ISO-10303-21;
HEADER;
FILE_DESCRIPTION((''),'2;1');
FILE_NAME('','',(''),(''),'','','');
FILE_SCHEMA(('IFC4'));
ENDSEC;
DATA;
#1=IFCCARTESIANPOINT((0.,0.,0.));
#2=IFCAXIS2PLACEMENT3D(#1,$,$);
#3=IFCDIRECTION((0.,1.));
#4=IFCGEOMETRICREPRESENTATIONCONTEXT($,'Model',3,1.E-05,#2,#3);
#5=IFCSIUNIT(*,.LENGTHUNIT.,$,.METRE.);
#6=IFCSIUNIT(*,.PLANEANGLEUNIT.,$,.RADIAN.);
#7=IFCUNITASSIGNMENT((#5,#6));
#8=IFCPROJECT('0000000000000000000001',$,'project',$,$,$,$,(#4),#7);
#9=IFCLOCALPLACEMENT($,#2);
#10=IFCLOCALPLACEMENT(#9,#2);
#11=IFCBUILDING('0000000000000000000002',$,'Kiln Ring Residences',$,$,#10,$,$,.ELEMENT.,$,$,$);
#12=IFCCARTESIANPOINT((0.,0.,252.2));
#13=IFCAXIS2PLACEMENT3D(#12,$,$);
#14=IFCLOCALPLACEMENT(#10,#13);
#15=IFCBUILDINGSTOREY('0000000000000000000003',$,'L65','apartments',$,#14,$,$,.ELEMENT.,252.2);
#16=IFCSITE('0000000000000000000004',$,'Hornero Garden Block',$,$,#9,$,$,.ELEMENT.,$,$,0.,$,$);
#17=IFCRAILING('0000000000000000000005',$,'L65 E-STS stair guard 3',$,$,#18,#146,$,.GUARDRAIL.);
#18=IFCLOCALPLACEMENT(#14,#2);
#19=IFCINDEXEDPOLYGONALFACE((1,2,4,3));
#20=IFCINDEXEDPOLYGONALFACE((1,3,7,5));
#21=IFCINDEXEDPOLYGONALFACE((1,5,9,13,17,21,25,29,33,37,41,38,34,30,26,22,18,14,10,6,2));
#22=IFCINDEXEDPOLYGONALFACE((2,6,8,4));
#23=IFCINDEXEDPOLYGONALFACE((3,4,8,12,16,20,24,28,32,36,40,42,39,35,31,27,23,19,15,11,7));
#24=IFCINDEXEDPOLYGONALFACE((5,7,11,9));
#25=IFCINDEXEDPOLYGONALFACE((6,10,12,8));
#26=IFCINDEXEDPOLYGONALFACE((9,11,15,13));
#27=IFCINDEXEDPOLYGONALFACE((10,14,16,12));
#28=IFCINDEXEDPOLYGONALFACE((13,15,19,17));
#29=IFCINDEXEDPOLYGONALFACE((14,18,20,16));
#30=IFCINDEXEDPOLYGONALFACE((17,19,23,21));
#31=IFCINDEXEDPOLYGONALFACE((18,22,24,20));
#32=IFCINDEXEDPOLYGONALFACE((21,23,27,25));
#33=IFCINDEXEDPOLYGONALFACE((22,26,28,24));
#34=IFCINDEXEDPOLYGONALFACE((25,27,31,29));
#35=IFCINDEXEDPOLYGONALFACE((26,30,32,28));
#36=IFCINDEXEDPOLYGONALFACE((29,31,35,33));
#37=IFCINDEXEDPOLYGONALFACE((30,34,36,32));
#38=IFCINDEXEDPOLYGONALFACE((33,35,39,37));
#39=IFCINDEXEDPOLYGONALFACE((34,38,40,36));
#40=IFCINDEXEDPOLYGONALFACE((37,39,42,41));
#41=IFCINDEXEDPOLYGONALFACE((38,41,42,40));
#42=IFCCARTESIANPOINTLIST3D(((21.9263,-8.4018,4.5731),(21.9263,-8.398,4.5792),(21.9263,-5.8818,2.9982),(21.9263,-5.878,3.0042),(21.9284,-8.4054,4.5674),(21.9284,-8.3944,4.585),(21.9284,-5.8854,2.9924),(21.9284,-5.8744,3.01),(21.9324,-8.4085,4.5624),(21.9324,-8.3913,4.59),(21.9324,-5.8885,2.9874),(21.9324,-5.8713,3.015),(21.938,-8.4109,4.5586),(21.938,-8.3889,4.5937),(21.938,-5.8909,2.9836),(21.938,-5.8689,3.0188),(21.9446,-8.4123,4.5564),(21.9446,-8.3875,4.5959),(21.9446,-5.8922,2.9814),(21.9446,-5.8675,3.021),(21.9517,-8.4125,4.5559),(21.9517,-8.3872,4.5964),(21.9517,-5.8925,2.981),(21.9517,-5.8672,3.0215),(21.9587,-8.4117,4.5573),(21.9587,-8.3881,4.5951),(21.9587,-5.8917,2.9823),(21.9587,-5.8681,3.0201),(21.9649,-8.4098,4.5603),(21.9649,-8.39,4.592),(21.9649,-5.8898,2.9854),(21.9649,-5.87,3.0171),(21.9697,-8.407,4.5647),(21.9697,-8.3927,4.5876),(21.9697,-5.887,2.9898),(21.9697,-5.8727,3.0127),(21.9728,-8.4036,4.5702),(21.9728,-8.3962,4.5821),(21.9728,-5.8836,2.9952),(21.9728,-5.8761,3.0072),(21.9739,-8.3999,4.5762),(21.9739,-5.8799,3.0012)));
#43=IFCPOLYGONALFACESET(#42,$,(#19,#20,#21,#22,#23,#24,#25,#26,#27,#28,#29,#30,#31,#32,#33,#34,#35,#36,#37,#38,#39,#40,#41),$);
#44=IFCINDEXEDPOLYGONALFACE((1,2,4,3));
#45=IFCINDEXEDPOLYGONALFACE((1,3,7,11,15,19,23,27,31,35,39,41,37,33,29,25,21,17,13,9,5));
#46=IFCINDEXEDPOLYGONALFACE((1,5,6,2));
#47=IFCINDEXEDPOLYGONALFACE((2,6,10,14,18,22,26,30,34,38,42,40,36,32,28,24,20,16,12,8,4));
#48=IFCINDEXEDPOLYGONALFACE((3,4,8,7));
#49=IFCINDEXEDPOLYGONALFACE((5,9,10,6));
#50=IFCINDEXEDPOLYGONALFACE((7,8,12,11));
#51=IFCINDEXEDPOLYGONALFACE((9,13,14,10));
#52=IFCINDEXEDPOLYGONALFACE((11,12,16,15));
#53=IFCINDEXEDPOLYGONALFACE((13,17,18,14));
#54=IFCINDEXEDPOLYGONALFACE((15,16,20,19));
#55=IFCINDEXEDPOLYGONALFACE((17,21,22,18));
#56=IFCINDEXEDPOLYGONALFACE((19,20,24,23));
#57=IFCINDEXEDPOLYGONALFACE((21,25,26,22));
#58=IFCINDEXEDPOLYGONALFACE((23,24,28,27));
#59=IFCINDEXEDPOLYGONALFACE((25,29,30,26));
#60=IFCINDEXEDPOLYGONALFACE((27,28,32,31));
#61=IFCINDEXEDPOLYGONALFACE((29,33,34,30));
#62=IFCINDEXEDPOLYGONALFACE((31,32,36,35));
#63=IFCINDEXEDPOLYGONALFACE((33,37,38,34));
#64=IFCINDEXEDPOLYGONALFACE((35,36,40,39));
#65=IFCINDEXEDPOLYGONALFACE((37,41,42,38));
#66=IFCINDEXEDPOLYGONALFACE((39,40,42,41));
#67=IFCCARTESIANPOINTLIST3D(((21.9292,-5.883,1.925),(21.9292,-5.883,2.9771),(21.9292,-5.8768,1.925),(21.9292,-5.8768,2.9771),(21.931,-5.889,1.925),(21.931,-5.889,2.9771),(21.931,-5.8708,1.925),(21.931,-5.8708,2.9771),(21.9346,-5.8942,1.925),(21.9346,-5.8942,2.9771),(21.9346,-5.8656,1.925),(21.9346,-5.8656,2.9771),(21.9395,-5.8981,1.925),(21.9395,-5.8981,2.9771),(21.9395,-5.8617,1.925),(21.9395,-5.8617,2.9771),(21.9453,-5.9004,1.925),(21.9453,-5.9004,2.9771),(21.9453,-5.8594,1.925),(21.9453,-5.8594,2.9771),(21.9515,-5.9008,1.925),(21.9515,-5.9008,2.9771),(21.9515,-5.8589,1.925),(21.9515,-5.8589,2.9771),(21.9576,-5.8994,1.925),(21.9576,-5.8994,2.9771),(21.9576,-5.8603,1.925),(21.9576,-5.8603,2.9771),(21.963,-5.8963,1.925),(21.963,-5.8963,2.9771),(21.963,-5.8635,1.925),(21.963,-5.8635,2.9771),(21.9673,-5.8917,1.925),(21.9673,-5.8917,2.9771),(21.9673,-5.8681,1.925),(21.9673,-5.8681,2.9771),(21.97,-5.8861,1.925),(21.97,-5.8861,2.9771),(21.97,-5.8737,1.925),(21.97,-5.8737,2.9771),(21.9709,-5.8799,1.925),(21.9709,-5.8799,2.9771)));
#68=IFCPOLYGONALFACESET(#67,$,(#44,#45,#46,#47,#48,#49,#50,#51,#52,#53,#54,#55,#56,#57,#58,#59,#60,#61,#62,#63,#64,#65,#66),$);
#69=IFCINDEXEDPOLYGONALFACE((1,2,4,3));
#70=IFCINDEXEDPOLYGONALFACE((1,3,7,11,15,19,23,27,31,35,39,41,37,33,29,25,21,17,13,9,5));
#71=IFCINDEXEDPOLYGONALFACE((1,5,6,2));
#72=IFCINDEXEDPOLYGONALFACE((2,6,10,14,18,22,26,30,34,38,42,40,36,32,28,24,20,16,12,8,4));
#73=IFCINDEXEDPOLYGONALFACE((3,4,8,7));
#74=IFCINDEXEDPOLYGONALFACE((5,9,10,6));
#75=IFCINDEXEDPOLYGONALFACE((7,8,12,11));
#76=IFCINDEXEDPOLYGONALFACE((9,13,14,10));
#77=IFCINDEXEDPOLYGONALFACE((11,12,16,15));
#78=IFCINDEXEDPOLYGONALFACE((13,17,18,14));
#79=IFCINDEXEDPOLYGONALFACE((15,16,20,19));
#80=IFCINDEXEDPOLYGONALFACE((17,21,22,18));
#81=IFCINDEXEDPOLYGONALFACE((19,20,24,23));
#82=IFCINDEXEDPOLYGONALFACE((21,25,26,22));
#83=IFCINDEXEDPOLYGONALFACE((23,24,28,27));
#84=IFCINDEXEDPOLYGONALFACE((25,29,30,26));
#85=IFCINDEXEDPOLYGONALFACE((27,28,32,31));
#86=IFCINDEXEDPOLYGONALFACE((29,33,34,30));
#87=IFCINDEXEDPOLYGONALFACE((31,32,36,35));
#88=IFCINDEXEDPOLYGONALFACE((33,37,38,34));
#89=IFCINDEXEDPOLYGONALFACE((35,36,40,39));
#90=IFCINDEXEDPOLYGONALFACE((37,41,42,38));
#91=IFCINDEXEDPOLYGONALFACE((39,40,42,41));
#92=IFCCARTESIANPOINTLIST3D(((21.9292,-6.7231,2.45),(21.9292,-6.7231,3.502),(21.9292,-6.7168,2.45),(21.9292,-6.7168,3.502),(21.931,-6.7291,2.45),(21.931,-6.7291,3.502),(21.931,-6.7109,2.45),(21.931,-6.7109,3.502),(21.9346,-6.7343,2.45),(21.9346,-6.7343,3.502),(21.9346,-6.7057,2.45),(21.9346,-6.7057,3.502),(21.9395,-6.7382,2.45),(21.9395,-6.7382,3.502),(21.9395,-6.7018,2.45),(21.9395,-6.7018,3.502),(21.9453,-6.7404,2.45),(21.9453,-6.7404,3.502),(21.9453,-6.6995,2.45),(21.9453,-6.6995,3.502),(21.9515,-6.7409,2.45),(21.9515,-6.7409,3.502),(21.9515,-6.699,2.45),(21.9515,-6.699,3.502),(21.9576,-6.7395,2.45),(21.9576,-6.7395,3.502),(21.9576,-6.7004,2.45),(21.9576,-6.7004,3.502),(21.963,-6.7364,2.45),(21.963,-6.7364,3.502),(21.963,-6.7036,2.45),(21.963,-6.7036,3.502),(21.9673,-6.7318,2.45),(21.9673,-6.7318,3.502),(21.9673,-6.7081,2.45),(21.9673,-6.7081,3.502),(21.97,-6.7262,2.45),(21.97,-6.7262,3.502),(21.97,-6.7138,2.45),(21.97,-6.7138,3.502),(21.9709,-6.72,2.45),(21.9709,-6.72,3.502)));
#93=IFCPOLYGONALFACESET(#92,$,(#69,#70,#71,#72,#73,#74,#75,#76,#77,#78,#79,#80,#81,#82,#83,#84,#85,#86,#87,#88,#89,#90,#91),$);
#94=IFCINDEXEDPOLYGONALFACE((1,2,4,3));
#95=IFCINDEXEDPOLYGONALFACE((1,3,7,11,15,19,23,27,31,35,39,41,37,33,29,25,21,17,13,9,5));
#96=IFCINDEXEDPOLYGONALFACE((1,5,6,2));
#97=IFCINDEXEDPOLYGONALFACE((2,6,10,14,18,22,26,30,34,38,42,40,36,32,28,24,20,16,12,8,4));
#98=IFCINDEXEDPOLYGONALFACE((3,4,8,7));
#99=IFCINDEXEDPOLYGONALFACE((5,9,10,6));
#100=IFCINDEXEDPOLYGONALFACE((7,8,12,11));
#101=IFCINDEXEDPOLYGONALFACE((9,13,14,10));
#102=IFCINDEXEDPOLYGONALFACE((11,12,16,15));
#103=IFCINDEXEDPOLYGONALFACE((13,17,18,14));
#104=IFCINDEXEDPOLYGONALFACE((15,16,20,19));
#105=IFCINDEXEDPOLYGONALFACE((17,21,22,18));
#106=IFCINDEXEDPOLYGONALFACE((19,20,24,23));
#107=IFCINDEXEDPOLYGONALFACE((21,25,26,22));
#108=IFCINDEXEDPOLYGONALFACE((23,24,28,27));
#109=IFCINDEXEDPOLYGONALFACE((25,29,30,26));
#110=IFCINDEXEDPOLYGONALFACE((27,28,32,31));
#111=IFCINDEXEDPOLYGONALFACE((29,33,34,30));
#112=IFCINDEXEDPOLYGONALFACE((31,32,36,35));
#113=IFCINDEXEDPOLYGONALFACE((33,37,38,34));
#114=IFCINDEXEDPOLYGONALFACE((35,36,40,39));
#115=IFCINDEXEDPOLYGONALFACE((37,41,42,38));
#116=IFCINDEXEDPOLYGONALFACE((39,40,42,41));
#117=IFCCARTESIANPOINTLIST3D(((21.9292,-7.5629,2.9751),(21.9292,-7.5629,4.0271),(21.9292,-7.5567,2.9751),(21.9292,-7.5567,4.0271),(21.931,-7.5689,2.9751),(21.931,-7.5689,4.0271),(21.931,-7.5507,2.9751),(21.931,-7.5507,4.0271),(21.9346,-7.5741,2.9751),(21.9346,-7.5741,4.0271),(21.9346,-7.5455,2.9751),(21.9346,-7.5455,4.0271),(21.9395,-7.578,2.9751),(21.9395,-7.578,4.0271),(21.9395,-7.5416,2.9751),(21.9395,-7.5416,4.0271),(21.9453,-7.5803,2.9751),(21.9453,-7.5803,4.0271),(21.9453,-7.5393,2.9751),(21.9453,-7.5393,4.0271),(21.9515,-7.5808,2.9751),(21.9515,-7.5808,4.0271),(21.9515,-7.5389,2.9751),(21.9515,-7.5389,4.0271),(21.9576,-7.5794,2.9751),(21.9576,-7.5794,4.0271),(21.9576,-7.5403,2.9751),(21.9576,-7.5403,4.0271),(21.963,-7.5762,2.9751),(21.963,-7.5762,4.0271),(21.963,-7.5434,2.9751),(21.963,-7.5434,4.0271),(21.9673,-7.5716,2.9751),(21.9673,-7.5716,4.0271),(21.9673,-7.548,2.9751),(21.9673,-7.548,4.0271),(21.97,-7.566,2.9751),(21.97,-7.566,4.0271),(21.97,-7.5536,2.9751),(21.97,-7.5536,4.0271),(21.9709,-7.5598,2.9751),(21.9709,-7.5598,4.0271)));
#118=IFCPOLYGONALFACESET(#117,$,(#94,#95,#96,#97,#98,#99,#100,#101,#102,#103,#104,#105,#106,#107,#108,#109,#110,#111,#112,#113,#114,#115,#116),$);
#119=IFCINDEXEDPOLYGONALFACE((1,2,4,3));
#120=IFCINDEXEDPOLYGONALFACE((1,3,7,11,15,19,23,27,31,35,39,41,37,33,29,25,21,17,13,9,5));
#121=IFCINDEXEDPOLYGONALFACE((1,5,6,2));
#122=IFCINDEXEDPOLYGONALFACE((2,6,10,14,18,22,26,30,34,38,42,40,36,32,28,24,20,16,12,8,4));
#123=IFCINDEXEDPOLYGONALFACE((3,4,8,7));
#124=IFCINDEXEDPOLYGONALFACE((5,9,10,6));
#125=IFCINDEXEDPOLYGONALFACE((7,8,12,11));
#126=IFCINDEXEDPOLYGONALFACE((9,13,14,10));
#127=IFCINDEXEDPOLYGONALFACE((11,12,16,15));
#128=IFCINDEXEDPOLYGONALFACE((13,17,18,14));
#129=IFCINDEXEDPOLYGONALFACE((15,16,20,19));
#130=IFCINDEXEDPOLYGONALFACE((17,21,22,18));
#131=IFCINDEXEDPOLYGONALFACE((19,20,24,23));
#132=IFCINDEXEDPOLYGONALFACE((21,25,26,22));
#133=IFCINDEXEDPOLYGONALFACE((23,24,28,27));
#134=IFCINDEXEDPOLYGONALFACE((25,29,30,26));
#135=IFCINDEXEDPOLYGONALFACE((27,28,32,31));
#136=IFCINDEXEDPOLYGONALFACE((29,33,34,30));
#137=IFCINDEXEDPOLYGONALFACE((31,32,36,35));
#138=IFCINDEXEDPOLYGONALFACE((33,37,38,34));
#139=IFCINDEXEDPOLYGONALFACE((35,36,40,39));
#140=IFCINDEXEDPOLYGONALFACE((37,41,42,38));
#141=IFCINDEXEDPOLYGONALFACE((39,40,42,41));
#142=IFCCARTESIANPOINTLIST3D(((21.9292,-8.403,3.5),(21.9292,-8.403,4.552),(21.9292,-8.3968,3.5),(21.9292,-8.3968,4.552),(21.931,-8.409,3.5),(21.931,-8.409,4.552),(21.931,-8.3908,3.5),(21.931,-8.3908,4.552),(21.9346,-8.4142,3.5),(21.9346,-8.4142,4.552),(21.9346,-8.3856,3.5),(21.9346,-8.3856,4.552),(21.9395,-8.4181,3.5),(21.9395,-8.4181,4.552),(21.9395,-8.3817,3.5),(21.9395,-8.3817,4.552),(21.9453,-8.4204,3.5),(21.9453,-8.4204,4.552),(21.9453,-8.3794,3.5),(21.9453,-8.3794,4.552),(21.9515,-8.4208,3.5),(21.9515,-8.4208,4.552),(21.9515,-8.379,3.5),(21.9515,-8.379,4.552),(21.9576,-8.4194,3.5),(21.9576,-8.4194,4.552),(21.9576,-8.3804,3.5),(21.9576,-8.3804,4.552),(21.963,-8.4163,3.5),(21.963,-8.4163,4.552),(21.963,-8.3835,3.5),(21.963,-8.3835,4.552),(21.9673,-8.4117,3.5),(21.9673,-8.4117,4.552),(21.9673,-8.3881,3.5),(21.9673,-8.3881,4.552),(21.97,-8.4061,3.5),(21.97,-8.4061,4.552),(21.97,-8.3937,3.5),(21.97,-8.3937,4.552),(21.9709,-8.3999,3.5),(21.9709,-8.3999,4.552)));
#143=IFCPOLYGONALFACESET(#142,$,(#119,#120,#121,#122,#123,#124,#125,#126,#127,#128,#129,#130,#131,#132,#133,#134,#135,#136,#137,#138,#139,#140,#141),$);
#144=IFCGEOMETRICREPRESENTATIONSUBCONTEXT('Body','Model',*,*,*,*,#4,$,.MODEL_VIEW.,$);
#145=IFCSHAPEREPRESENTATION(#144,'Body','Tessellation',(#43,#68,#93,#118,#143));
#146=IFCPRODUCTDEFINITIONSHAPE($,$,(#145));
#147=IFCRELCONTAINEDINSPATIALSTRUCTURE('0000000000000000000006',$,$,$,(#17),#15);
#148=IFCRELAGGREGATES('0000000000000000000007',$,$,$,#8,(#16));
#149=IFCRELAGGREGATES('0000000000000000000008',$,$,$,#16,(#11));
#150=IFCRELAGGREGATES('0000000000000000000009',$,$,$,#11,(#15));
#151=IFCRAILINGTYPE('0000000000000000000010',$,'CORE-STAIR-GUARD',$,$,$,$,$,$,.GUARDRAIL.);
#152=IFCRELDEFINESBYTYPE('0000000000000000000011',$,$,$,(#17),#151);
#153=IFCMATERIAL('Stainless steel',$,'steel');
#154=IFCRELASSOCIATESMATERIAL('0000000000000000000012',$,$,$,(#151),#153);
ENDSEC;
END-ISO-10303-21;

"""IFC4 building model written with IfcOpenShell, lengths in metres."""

from ifc_helpers import new_model, si_unit, direction, frame, origin, origin_2d, place, context, subcontext, project, spatial, circle, extrude, material, type_object, element, save


model = new_model("IFC4")

# Units and contexts
model_context = context("Model", 3, precision=1e-05, world=origin(), true_north=direction((0.0, 1.0)))
body_context = subcontext(model_context, "Body", "Model", "MODEL_VIEW")
ifc_project = project(units=[si_unit("LENGTHUNIT", "METRE"), si_unit("PLANEANGLEUNIT", "RADIAN")], contexts=[model_context])

# Site, building, storey
site_placement = place(None, origin())
site = spatial("IfcSite", under=ifc_project, at=site_placement, Name="Hornero Garden Block", CompositionType="ELEMENT", RefElevation=0.0)
building_placement = place(site_placement, origin())
building = spatial("IfcBuilding", under=site, at=building_placement, Name="Kiln Ring Residences", CompositionType="ELEMENT")
storey_placement = place(building_placement, frame((0.0, 0.0, 252.2)))
storey = spatial("IfcBuildingStorey", under=building, at=storey_placement, Name="L65", Description="apartments", CompositionType="ELEMENT", Elevation=252.2)

# Railing
ifc_material_1 = material(Name="Stainless steel", Category="steel")
railing_type_1 = type_object("IfcRailingType", Name="CORE-STAIR-GUARD", PredefinedType="GUARDRAIL", material=ifc_material_1)
railing_1_placement = place(storey_placement, frame((21.95, -5.8799, 1.925)))
element("IfcRailing", 1, at=railing_1_placement, inside=storey, type_object=railing_type_1, Name="L65 E-STS stair guard 3", PredefinedType="GUARDRAIL", context=body_context, shape_type="SweptSolid", body=[
    extrude(circle(Radius=0.0239, at=origin_2d()), frame((0.0, 0.0, 1.0762), z_axis=(0.0, -0.848008, 0.529984), x_axis=(1.0, 0.0, 0.0)), (0.0, 0.0, 1.0), 2.9717),
    extrude(circle(Radius=0.021, at=origin_2d()), origin(), (0.0, 0.0, 1.0), 1.052),
    extrude(circle(Radius=0.021, at=origin_2d()), frame((0.0, -0.8401, 0.5249)), (0.0, 0.0, 1.0), 1.052),
    extrude(circle(Radius=0.021, at=origin_2d()), frame((0.0, -1.6799, 1.05)), (0.0, 0.0, 1.0), 1.052),
    extrude(circle(Radius=0.021, at=origin_2d()), frame((0.0, -2.52, 1.575)), (0.0, 0.0, 1.0), 1.052),
])

save(model, "model.ifc")
